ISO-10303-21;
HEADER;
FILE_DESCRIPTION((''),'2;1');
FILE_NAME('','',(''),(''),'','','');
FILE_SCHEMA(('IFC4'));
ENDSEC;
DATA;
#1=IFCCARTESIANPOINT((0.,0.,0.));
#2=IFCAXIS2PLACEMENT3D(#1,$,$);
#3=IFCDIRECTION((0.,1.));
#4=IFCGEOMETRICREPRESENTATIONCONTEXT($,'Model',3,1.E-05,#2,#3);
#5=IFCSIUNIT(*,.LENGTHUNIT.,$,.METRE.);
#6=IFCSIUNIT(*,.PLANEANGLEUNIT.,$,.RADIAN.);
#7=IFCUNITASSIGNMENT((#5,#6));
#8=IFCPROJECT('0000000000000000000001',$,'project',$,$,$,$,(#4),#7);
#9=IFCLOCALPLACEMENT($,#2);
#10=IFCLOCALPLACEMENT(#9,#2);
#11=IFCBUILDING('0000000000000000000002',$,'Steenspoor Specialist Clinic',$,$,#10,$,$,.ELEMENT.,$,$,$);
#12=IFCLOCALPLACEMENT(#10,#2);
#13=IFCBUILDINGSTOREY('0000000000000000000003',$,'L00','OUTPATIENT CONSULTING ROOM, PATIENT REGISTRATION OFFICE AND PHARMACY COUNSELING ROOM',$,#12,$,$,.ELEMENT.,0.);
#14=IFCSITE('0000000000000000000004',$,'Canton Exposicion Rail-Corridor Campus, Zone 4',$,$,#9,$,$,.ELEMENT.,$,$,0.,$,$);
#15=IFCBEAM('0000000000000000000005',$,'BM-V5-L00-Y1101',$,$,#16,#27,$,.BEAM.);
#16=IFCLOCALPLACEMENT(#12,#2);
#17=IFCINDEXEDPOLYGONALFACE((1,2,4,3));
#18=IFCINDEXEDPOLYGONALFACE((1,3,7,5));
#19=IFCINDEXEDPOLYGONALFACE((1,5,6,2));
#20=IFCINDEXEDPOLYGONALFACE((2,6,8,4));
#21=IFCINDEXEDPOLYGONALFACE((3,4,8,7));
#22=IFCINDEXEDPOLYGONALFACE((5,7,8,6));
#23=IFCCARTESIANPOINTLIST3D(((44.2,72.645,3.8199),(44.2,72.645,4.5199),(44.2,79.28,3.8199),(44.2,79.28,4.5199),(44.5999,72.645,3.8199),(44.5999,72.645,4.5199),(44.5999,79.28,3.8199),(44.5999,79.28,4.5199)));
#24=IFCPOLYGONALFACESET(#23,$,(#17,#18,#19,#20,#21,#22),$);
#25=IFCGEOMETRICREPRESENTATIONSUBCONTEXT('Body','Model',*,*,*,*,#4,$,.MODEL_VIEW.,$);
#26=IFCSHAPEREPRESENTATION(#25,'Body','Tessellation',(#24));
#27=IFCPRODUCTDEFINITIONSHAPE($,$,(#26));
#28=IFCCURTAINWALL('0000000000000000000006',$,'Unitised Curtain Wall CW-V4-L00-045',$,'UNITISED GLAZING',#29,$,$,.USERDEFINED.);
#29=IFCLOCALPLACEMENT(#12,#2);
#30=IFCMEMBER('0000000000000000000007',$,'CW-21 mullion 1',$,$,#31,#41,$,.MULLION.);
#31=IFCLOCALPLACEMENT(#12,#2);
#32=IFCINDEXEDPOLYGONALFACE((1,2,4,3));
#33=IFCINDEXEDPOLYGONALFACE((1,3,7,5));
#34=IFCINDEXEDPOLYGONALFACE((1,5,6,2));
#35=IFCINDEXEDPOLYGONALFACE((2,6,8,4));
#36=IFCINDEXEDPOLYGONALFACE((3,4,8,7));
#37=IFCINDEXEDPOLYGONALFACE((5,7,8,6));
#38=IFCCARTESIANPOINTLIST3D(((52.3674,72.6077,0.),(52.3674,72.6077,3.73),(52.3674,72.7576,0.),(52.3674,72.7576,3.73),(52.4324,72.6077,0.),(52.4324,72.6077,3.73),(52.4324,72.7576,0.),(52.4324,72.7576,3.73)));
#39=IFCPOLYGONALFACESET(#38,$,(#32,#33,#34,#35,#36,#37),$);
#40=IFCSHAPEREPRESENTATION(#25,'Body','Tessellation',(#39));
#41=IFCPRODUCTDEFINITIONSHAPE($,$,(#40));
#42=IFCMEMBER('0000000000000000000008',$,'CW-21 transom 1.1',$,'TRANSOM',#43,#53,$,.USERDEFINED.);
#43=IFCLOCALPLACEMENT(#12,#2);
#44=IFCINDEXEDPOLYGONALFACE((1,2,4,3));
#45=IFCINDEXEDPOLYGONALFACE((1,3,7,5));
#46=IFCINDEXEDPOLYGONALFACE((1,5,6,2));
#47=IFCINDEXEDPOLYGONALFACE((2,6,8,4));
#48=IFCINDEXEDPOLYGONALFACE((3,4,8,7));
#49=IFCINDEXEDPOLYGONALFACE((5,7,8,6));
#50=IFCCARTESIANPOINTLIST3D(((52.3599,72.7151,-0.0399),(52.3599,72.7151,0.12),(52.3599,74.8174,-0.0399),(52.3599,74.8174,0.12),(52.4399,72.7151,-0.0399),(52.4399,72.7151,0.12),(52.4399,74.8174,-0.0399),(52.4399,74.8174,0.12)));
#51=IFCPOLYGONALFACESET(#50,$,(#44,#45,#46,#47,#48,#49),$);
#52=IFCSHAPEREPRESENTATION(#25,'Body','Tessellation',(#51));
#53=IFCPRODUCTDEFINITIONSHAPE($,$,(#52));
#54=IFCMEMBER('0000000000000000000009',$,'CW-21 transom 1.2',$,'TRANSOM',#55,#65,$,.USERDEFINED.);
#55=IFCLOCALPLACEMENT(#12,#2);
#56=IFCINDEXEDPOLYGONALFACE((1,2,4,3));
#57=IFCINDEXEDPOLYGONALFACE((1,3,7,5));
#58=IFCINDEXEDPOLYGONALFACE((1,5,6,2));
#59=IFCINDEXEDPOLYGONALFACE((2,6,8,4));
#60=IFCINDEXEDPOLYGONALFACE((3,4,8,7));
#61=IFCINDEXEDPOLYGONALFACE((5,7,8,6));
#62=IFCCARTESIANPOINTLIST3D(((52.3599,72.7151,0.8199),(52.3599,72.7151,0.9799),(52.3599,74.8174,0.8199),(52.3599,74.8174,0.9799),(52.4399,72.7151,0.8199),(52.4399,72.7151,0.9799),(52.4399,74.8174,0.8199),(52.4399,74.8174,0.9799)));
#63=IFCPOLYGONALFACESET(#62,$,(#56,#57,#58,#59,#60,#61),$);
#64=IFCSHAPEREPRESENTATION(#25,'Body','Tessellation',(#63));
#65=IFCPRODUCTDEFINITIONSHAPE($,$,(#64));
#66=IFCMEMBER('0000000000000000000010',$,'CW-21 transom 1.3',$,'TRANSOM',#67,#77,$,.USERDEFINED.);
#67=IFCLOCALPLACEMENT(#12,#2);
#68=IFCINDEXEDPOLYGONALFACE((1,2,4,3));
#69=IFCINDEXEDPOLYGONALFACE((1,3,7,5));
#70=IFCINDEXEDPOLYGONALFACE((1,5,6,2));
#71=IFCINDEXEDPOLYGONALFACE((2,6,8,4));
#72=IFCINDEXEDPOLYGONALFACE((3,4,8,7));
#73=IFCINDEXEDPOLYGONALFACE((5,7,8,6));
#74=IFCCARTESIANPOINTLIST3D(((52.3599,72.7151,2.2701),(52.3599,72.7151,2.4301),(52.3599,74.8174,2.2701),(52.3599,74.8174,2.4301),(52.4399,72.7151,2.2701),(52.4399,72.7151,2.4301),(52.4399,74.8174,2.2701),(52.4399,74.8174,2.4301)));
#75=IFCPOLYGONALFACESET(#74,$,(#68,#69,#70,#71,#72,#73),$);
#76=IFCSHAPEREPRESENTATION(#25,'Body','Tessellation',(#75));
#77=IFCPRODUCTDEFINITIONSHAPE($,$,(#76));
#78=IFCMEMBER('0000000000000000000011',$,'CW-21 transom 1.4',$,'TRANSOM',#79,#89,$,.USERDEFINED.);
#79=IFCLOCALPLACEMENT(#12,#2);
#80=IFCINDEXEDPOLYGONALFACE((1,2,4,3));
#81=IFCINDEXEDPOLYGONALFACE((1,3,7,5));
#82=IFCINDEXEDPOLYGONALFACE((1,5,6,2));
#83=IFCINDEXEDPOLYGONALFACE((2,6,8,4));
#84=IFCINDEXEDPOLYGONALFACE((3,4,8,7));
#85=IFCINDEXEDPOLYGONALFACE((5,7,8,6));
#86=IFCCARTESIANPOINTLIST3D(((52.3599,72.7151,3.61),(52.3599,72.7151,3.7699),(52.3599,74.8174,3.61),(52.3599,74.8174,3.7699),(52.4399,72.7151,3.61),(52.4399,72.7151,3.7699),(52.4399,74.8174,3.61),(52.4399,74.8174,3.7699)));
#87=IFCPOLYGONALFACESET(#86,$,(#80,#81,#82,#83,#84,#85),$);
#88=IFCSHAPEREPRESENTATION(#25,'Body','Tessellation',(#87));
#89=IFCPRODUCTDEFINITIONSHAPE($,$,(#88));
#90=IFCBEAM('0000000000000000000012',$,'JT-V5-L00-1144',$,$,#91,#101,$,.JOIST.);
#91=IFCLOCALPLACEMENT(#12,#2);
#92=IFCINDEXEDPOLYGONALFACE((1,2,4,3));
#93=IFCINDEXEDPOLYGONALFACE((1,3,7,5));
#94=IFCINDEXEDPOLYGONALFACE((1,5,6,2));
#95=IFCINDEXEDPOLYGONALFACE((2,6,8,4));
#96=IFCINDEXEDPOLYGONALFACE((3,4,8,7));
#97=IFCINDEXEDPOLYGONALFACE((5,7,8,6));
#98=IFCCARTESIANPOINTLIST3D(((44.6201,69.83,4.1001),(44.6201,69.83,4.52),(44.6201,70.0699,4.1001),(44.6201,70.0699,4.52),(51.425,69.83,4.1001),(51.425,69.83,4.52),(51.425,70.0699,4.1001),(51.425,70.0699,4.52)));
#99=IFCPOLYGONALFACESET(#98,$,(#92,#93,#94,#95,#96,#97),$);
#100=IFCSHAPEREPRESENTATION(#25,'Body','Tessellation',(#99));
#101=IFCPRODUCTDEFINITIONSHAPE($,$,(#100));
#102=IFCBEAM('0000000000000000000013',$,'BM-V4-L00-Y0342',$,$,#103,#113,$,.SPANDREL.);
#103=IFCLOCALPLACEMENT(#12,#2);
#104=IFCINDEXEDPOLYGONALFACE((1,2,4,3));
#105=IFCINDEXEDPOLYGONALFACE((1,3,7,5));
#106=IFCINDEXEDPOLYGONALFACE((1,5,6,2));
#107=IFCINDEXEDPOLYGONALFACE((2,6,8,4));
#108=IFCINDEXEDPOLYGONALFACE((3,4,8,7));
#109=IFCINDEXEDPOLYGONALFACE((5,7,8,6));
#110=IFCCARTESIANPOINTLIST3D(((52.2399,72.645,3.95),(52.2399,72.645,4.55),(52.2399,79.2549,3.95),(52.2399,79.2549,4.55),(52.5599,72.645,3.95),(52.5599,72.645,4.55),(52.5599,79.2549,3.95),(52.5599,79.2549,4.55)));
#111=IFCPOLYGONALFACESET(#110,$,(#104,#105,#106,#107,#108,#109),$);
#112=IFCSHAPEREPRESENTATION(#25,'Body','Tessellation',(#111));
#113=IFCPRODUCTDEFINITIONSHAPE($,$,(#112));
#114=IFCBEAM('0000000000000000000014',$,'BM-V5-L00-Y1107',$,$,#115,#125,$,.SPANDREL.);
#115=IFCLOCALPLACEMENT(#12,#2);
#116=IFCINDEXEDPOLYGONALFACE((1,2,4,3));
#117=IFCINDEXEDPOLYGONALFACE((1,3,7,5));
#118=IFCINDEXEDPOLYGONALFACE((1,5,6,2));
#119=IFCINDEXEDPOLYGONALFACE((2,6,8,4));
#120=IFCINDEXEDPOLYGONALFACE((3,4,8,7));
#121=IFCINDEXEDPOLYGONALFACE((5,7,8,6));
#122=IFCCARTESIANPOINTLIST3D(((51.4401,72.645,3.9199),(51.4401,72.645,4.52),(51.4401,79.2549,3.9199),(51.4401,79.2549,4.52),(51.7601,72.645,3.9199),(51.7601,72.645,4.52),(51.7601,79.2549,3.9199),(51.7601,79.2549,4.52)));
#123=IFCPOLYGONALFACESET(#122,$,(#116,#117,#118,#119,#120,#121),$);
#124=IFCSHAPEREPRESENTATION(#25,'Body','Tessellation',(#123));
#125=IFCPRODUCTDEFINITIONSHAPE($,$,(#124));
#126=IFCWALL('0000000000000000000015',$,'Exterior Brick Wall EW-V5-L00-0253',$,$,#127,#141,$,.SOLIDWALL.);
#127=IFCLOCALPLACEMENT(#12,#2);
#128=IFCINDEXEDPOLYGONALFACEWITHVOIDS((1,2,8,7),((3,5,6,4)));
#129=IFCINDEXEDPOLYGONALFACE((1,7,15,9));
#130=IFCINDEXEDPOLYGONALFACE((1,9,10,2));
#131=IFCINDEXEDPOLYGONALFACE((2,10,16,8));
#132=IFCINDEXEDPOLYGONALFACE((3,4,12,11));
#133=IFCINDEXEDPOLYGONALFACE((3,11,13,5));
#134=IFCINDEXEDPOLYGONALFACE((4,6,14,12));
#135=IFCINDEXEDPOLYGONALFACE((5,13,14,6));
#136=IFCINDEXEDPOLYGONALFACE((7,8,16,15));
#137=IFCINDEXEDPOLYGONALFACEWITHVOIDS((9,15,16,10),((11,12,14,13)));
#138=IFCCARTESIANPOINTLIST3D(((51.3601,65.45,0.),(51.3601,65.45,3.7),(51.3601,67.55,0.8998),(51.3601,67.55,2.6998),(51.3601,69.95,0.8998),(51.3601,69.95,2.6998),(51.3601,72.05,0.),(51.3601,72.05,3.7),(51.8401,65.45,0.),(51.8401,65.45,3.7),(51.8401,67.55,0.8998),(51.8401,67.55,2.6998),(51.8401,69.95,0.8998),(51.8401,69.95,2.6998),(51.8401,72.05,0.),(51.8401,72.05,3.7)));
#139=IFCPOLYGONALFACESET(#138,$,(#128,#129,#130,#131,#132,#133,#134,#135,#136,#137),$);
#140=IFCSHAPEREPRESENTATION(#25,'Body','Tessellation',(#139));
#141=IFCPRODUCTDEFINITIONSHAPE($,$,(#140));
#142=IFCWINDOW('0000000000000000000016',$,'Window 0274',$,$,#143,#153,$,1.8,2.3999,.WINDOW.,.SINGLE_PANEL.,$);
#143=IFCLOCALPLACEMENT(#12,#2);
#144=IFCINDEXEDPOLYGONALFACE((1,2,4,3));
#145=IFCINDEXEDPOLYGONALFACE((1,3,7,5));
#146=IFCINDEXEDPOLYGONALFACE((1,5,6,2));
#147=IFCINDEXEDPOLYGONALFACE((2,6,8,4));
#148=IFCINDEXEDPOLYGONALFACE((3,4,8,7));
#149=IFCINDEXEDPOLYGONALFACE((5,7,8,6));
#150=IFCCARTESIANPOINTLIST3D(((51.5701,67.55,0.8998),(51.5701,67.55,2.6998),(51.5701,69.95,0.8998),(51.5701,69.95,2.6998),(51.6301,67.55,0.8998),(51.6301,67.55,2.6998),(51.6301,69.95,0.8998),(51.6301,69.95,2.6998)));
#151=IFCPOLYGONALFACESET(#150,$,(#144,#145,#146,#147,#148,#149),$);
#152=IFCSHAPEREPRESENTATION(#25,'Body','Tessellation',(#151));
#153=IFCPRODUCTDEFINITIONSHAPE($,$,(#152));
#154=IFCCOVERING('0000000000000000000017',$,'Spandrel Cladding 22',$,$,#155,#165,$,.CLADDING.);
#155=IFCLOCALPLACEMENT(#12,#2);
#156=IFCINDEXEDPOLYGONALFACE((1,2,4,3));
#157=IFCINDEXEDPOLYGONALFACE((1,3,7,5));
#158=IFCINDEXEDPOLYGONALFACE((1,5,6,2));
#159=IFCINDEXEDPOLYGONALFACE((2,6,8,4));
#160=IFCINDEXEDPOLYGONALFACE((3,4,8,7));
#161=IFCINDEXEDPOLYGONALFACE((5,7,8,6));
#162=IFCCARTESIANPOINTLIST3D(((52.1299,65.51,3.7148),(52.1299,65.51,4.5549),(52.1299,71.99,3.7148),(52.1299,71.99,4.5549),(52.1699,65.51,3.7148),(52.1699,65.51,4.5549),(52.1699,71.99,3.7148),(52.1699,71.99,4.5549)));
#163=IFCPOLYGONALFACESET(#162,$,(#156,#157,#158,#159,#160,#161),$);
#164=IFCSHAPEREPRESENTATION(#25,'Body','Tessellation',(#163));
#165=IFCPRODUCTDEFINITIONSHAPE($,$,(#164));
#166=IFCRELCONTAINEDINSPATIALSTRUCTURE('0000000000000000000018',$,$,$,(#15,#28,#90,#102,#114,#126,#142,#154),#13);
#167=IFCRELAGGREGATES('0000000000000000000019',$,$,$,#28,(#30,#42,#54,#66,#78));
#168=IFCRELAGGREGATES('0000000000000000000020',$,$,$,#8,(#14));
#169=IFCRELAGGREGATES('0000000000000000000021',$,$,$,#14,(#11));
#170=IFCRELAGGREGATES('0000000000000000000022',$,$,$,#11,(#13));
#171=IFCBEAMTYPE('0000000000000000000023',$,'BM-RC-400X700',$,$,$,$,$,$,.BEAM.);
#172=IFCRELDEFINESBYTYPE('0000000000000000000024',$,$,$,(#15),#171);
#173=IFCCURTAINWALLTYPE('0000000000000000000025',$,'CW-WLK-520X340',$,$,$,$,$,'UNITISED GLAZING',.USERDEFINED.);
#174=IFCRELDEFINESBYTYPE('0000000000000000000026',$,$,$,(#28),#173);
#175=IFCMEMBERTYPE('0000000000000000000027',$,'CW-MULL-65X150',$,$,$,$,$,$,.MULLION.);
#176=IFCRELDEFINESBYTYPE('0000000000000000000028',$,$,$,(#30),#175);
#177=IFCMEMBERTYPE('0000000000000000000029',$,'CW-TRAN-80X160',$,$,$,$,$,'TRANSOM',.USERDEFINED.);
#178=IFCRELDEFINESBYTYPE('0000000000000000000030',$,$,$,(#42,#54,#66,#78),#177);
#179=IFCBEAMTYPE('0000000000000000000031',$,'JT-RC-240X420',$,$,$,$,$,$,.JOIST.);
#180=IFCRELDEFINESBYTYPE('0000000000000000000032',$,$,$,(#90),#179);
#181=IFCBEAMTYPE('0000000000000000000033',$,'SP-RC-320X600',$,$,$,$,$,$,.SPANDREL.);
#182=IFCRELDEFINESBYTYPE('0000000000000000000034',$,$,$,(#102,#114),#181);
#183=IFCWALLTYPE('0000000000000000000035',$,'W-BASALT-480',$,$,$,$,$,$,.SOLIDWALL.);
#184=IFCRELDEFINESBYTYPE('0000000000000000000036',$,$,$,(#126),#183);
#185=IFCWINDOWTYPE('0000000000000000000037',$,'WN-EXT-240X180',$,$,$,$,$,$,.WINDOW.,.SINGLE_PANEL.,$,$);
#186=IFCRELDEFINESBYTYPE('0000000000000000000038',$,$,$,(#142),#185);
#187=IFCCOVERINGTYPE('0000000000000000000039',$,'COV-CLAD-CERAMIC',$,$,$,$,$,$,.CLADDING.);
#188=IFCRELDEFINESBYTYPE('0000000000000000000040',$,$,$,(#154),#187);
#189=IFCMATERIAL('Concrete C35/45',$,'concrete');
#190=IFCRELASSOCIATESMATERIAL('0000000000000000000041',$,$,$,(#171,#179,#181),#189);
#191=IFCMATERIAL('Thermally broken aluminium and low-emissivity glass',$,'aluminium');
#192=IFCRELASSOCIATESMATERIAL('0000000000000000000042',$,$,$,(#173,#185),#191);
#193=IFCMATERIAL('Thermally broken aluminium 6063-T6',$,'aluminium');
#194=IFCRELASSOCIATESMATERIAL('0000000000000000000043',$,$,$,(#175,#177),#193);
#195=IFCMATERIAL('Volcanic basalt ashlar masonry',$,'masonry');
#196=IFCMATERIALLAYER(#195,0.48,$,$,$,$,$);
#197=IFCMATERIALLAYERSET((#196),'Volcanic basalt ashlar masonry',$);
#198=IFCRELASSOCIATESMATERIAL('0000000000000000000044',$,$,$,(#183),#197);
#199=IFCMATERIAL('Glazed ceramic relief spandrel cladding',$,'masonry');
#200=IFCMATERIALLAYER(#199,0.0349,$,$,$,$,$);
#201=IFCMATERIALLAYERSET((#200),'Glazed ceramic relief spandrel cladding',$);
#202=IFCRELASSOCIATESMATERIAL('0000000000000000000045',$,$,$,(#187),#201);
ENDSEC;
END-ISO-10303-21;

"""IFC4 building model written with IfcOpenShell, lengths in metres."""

from ifc_helpers import new_model, si_unit, direction, frame, frame_2d, origin, origin_2d, place, context, subcontext, project, spatial, rectangle, extrude, material, layer, layer_set, material_profile, profile_set, type_object, element, fill, aggregate, save


model = new_model("IFC4")

# Units and contexts
model_context = context("Model", 3, precision=1e-05, world=origin(), true_north=direction((0.0, 1.0)))
body_context = subcontext(model_context, "Body", "Model", "MODEL_VIEW")
ifc_project = project(units=[si_unit("LENGTHUNIT", "METRE"), si_unit("PLANEANGLEUNIT", "RADIAN")], contexts=[model_context])

# Site, building, storey
site_placement = place(None, origin())
site = spatial("IfcSite", under=ifc_project, at=site_placement, Name="Canton Exposicion Rail-Corridor Campus, Zone 4", CompositionType="ELEMENT", RefElevation=0.0)
building_placement = place(site_placement, origin())
building = spatial("IfcBuilding", under=site, at=building_placement, Name="Steenspoor Specialist Clinic", CompositionType="ELEMENT")
storey_placement = place(building_placement, origin())
storey = spatial("IfcBuildingStorey", under=building, at=storey_placement, Name="L00", Description="OUTPATIENT CONSULTING ROOM, PATIENT REGISTRATION OFFICE AND PHARMACY COUNSELING ROOM", CompositionType="ELEMENT", Elevation=0.0)

# Shared definitions
ifc_material_1 = material(Name="Concrete C35/45", Category="concrete")

# Beam
ifc_material_profile_1 = material_profile(ifc_material_1, rectangle(XDim=0.3999, YDim=0.7, at=origin_2d()), Name="RC-BM-400X700")
ifc_profile_set_1 = profile_set([ifc_material_profile_1], Name="Concrete C35/45")
beam_type_1 = type_object("IfcBeamType", Name="BM-RC-400X700", PredefinedType="BEAM", material=ifc_profile_set_1)
beam_1_placement = place(storey_placement, frame((44.3999, 72.645, 4.1699), z_axis=(0.0, 1.0, 0.0), x_axis=(-1.0, 0.0, 0.0)))
element("IfcBeam", 1, at=beam_1_placement, inside=storey, type_object=beam_type_1, Name="BM-V5-L00-Y1101", PredefinedType="BEAM", context=body_context, shape_type="SweptSolid", body=[
    extrude(rectangle(XDim=0.3999, YDim=0.7, at=origin_2d()), origin(), (0.0, 0.0, 1.0), 6.635),
])

# Curtain wall, members
ifc_material_2 = material(Name="Thermally broken aluminium and low-emissivity glass", Category="aluminium")
curtain_wall_type = type_object("IfcCurtainWallType", Name="CW-WLK-520X340", ElementType="UNITISED GLAZING", PredefinedType="USERDEFINED", material=ifc_material_2)
curtain_wall_placement = place(storey_placement, origin())
curtain_wall = element("IfcCurtainWall", 2, at=curtain_wall_placement, inside=storey, type_object=curtain_wall_type, Name="Unitised Curtain Wall CW-V4-L00-045", ObjectType="UNITISED GLAZING", PredefinedType="USERDEFINED")
ifc_material_3 = material(Name="Thermally broken aluminium 6063-T6", Category="aluminium")
ifc_material_profile_2 = material_profile(ifc_material_3, rectangle(XDim=0.0649, YDim=0.1499, at=origin_2d()), Name="CWM-65X150")
ifc_profile_set_2 = profile_set([ifc_material_profile_2], Name="Thermally broken aluminium 6063-T6")
member_type_1 = type_object("IfcMemberType", Name="CW-MULL-65X150", PredefinedType="MULLION", material=ifc_profile_set_2)
member_1_placement = place(storey_placement, frame((52.3999, 72.6826, 0.0), z_axis=(0.0, 0.0, 1.0), x_axis=(-1.0, 0.0, 0.0)))
member_1 = element("IfcMember", 3, at=member_1_placement, type_object=member_type_1, Name="CW-21 mullion 1", PredefinedType="MULLION", context=body_context, shape_type="SweptSolid", body=[
    extrude(rectangle(XDim=0.0649, YDim=0.1499, at=origin_2d()), origin(), (0.0, 0.0, 1.0), 3.73),
])
ifc_material_profile_3 = material_profile(ifc_material_3, rectangle(XDim=0.0801, YDim=0.1599, at=origin_2d()), Name="CWT-80X160")
ifc_profile_set_3 = profile_set([ifc_material_profile_3], Name="Thermally broken aluminium 6063-T6")
member_type_2 = type_object("IfcMemberType", Name="CW-TRAN-80X160", ElementType="TRANSOM", PredefinedType="USERDEFINED", material=ifc_profile_set_3)
member_2_placement = place(storey_placement, frame((52.3999, 72.7151, 0.04), z_axis=(0.0, 1.0, 0.0), x_axis=(-1.0, 0.0, 0.0)))
member_2 = element("IfcMember", 4, at=member_2_placement, type_object=member_type_2, Name="CW-21 transom 1.1", ObjectType="TRANSOM", PredefinedType="USERDEFINED", context=body_context, shape_type="SweptSolid", body=[
    extrude(rectangle(XDim=0.0801, YDim=0.1599, at=origin_2d()), origin(), (0.0, 0.0, 1.0), 2.1023),
])
member_3_placement = place(storey_placement, frame((52.3999, 72.7151, 0.8999), z_axis=(0.0, 1.0, 0.0), x_axis=(-1.0, 0.0, 0.0)))
member_3 = element("IfcMember", 5, at=member_3_placement, type_object=member_type_2, Name="CW-21 transom 1.2", ObjectType="TRANSOM", PredefinedType="USERDEFINED", context=body_context, shape_type="SweptSolid", body=[
    extrude(rectangle(XDim=0.0801, YDim=0.1599, at=origin_2d()), origin(), (0.0, 0.0, 1.0), 2.1023),
])
member_4_placement = place(storey_placement, frame((52.3999, 72.7151, 2.3501), z_axis=(0.0, 1.0, 0.0), x_axis=(-1.0, 0.0, 0.0)))
member_4 = element("IfcMember", 6, at=member_4_placement, type_object=member_type_2, Name="CW-21 transom 1.3", ObjectType="TRANSOM", PredefinedType="USERDEFINED", context=body_context, shape_type="SweptSolid", body=[
    extrude(rectangle(XDim=0.0801, YDim=0.1599, at=origin_2d()), origin(), (0.0, 0.0, 1.0), 2.1023),
])
member_5_placement = place(storey_placement, frame((52.3999, 72.7151, 3.6899), z_axis=(0.0, 1.0, 0.0), x_axis=(-1.0, 0.0, 0.0)))
member_5 = element("IfcMember", 7, at=member_5_placement, type_object=member_type_2, Name="CW-21 transom 1.4", ObjectType="TRANSOM", PredefinedType="USERDEFINED", context=body_context, shape_type="SweptSolid", body=[
    extrude(rectangle(XDim=0.0801, YDim=0.1599, at=origin_2d()), origin(), (0.0, 0.0, 1.0), 2.1023),
])
aggregate(curtain_wall, [member_1, member_2, member_3, member_4, member_5])

# Beams
ifc_material_profile_4 = material_profile(ifc_material_1, rectangle(XDim=0.24, YDim=0.4199, at=origin_2d()), Name="RC-JT-240X420")
ifc_profile_set_4 = profile_set([ifc_material_profile_4], Name="Concrete C35/45")
beam_type_2 = type_object("IfcBeamType", Name="JT-RC-240X420", PredefinedType="JOIST", material=ifc_profile_set_4)
beam_2_placement = place(storey_placement, frame((44.6201, 69.95, 4.3101), z_axis=(1.0, 0.0, 0.0), x_axis=(0.0, 1.0, 0.0)))
element("IfcBeam", 8, at=beam_2_placement, inside=storey, type_object=beam_type_2, Name="JT-V5-L00-1144", PredefinedType="JOIST", context=body_context, shape_type="SweptSolid", body=[
    extrude(rectangle(XDim=0.24, YDim=0.4199, at=origin_2d()), origin(), (0.0, 0.0, 1.0), 6.8049),
])
ifc_material_profile_5 = material_profile(ifc_material_1, rectangle(XDim=0.3201, YDim=0.6001, at=origin_2d()), Name="RC-SP-320X600")
ifc_profile_set_5 = profile_set([ifc_material_profile_5], Name="Concrete C35/45")
beam_type_3 = type_object("IfcBeamType", Name="SP-RC-320X600", PredefinedType="SPANDREL", material=ifc_profile_set_5)
for number, where, z_axis, x_axis, name in (
    (9, (52.3999, 72.645, 4.25), (0.0, 1.0, 0.0), (-1.0, 0.0, 0.0), "BM-V4-L00-Y0342"),
    (10, (51.6001, 72.645, 4.22), (0.0, 1.0, 0.0), (-1.0, 0.0, 0.0), "BM-V5-L00-Y1107"),
):
    element("IfcBeam", number, at=place(storey_placement, frame(where, z_axis=z_axis, x_axis=x_axis)), inside=storey, type_object=beam_type_3, Name=name, PredefinedType="SPANDREL", context=body_context, shape_type="SweptSolid", body=[
        extrude(rectangle(XDim=0.3201, YDim=0.6001, at=origin_2d()), origin(), (0.0, 0.0, 1.0), 6.6099),
    ])

# Wall, opening, window
ifc_material_4 = material(Name="Volcanic basalt ashlar masonry", Category="masonry")
ifc_layer_1 = layer(ifc_material_4, 0.48)
ifc_layer_set_1 = layer_set([ifc_layer_1], Name="Volcanic basalt ashlar masonry")
wall_type = type_object("IfcWallType", Name="W-BASALT-480", PredefinedType="SOLIDWALL", material=ifc_layer_set_1)
wall_placement = place(storey_placement, frame((51.6001, 72.05, 0.0), z_axis=(0.0, 0.0, 1.0), x_axis=(0.0, -1.0, 0.0)))
wall = element("IfcWall", 11, at=wall_placement, inside=storey, type_object=wall_type, Name="Exterior Brick Wall EW-V5-L00-0253", PredefinedType="SOLIDWALL", context=body_context, shape_type="SweptSolid", body=[
    extrude(rectangle(XDim=6.6001, YDim=0.48, at=frame_2d((3.3, 0.0))), origin(), (0.0, 0.0, 1.0), 3.7),
])
opening_placement = place(wall_placement, frame((2.1001, 0.0, 0.8999)))
opening = element("IfcOpeningElement", 12, at=opening_placement, cuts=wall, PredefinedType="OPENING", context=body_context, shape_type="SweptSolid", body=[
    extrude(rectangle(XDim=2.3999, YDim=1.8, at=frame_2d((1.2, 0.8999))), frame((0.0, 0.25, 0.0), z_axis=(0.0, -1.0, 0.0), x_axis=(1.0, 0.0, 0.0)), (0.0, 0.0, 1.0), 0.5),
])
window_type = type_object("IfcWindowType", Name="WN-EXT-240X180", PartitioningType="SINGLE_PANEL", PredefinedType="WINDOW", material=ifc_material_2)
window_placement = place(opening_placement, origin())
window = element("IfcWindow", 13, at=window_placement, inside=storey, type_object=window_type, Name="Window 0274", OverallHeight=1.8, OverallWidth=2.3999, PartitioningType="SINGLE_PANEL", PredefinedType="WINDOW", context=body_context, shape_type="SweptSolid", body=[
    extrude(rectangle(XDim=2.3999, YDim=1.8, at=frame_2d((1.2, 0.8999))), frame((0.0, 0.03, 0.0), z_axis=(0.0, -1.0, 0.0), x_axis=(1.0, 0.0, 0.0)), (0.0, 0.0, 1.0), 0.0601),
])
fill(opening, window)

# Covering
ifc_material_5 = material(Name="Glazed ceramic relief spandrel cladding", Category="masonry")
ifc_layer_2 = layer(ifc_material_5, 0.0349)
ifc_layer_set_2 = layer_set([ifc_layer_2], Name="Glazed ceramic relief spandrel cladding")
covering_type = type_object("IfcCoveringType", Name="COV-CLAD-CERAMIC", PredefinedType="CLADDING", material=ifc_layer_set_2)
covering_placement = place(storey_placement, frame((52.1499, 68.75, 3.7148), z_axis=(0.0, 0.0, 1.0), x_axis=(0.0, 1.0, 0.0)))
element("IfcCovering", 14, at=covering_placement, inside=storey, type_object=covering_type, Name="Spandrel Cladding 22", PredefinedType="CLADDING", context=body_context, shape_type="SweptSolid", body=[
    extrude(rectangle(XDim=6.48, YDim=0.04, at=origin_2d()), origin(), (0.0, 0.0, 1.0), 0.8401),
])

save(model, "model.ifc")
